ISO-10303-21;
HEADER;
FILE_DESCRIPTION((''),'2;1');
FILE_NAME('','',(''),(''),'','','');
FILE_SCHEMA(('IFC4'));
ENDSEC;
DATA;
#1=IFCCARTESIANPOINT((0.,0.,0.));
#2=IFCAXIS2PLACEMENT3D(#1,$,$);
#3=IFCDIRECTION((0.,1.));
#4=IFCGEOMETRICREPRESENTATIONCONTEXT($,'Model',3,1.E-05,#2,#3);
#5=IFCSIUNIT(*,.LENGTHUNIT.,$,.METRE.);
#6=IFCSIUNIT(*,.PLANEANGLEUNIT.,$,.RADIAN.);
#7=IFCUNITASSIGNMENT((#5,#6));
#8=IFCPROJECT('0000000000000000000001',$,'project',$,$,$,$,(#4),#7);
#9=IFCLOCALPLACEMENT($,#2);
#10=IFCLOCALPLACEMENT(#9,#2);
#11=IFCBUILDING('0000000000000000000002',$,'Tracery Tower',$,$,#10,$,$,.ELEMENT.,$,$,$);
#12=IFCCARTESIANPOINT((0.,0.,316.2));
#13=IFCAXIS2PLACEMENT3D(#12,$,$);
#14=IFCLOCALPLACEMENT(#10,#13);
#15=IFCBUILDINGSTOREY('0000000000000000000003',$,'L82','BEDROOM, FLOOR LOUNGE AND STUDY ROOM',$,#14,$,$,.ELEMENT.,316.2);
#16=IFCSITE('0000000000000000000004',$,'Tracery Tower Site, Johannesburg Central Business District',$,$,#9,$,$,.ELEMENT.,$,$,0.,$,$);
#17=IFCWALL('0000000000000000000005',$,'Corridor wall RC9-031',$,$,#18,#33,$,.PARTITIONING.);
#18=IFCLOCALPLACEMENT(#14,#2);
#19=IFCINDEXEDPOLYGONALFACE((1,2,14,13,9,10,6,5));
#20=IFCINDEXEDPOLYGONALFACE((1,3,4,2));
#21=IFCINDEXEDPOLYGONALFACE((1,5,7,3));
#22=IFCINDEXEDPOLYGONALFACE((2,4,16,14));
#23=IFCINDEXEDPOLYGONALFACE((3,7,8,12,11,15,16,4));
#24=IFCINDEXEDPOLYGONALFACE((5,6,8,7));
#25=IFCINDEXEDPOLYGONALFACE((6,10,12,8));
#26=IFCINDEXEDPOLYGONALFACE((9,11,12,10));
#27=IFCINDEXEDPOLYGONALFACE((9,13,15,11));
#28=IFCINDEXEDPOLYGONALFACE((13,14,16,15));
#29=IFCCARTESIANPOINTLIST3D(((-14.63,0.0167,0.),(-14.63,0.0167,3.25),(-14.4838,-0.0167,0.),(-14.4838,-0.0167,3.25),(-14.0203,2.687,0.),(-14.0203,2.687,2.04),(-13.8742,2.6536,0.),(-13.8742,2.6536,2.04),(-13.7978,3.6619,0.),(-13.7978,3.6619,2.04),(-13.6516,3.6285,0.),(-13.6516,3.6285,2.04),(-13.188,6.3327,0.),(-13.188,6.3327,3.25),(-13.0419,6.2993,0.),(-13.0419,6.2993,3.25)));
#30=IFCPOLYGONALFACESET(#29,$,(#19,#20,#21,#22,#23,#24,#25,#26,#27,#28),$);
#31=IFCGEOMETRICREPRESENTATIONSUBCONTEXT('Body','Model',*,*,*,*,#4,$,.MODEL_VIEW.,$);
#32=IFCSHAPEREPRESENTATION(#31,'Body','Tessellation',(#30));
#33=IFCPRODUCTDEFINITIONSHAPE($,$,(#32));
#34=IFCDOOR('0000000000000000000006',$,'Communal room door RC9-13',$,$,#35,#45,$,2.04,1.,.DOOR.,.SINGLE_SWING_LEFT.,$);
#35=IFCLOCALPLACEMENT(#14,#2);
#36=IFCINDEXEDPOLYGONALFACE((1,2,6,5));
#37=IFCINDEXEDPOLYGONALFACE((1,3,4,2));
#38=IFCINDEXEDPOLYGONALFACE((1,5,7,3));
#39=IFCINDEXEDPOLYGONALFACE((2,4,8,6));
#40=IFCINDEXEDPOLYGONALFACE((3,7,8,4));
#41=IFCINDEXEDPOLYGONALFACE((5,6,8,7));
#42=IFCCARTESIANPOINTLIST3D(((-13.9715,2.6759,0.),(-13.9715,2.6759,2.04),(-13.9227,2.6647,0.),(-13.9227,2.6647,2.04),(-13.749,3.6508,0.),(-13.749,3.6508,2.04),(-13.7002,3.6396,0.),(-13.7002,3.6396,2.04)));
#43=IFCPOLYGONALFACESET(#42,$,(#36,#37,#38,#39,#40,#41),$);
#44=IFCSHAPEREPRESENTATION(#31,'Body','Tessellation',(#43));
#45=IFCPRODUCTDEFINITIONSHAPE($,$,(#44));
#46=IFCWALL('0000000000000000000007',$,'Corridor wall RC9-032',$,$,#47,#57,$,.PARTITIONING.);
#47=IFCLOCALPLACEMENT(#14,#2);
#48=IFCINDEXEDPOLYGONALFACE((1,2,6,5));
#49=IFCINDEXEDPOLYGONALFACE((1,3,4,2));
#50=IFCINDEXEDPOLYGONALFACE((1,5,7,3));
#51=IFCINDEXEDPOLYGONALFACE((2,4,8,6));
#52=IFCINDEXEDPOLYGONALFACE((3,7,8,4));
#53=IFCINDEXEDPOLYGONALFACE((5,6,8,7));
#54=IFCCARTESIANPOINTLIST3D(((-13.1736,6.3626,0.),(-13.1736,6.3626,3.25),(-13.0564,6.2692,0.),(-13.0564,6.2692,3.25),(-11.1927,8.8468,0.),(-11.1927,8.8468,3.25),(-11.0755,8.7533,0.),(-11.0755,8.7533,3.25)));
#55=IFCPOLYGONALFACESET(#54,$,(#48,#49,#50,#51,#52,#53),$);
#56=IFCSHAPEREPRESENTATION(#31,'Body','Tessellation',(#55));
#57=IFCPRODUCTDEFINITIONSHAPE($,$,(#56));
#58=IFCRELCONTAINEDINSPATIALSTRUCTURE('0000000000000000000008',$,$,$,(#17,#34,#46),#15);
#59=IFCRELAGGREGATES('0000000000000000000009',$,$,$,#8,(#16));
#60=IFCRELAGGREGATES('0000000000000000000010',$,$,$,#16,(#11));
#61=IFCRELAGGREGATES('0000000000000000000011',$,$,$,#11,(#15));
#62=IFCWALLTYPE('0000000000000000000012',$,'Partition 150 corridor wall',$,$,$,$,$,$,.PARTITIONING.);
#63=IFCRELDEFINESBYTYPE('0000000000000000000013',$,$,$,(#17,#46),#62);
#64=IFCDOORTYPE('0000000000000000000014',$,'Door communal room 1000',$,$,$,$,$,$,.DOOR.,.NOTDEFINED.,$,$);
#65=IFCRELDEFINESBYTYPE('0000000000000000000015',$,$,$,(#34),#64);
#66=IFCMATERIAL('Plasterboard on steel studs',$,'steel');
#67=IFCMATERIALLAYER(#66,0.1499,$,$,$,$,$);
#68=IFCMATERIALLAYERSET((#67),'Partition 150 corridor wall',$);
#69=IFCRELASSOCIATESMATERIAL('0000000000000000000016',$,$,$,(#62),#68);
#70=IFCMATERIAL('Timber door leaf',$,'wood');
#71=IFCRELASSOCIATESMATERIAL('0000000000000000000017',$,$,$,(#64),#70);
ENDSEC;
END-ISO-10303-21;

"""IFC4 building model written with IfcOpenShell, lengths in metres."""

from ifc_helpers import new_model, si_unit, direction, frame, frame_2d, origin, place, context, subcontext, project, spatial, rectangle, extrude, material, layer, layer_set, type_object, element, fill, save


model = new_model("IFC4")

# Units and contexts
model_context = context("Model", 3, precision=1e-05, world=origin(), true_north=direction((0.0, 1.0)))
body_context = subcontext(model_context, "Body", "Model", "MODEL_VIEW")
ifc_project = project(units=[si_unit("LENGTHUNIT", "METRE"), si_unit("PLANEANGLEUNIT", "RADIAN")], contexts=[model_context])

# Site, building, storey
site_placement = place(None, origin())
site = spatial("IfcSite", under=ifc_project, at=site_placement, Name="Tracery Tower Site, Johannesburg Central Business District", CompositionType="ELEMENT", RefElevation=0.0)
building_placement = place(site_placement, origin())
building = spatial("IfcBuilding", under=site, at=building_placement, Name="Tracery Tower", CompositionType="ELEMENT")
storey_placement = place(building_placement, frame((0.0, 0.0, 316.2)))
storey = spatial("IfcBuildingStorey", under=building, at=storey_placement, Name="L82", Description="BEDROOM, FLOOR LOUNGE AND STUDY ROOM", CompositionType="ELEMENT", Elevation=316.2)

# Shared definitions
ifc_material_1 = material(Name="Plasterboard on steel studs", Category="steel")
ifc_layer_1 = layer(ifc_material_1, 0.1499)
ifc_layer_set_1 = layer_set([ifc_layer_1], Name="Partition 150 corridor wall")
wall_type_1 = type_object("IfcWallType", Name="Partition 150 corridor wall", PredefinedType="PARTITIONING", material=ifc_layer_set_1)

# Wall, opening, door
wall_1_placement = place(storey_placement, frame((-14.5569, 0.0, 0.0), z_axis=(0.0, 0.0, 1.0), x_axis=(0.222569, 0.974917, 0.0)))
wall_1 = element("IfcWall", 1, at=wall_1_placement, inside=storey, type_object=wall_type_1, Name="Corridor wall RC9-031", PredefinedType="PARTITIONING", context=body_context, shape_type="SweptSolid", body=[
    extrude(rectangle(XDim=6.4785, YDim=0.1499, at=frame_2d((3.2393, 0.0))), origin(), (0.0, 0.0, 1.0), 3.25),
])
opening_1_placement = place(wall_1_placement, frame((2.739, 0.0, 0.0)))
opening_1 = element("IfcOpeningElement", 2, at=opening_1_placement, cuts=wall_1, PredefinedType="OPENING", context=body_context, shape_type="SweptSolid", body=[
    extrude(rectangle(XDim=1.0, YDim=2.04, at=frame_2d((0.5, 1.02))), frame((0.0, 0.075, 0.0), z_axis=(0.0, -1.0, 0.0), x_axis=(1.0, 0.0, 0.0)), (0.0, 0.0, 1.0), 0.1499),
])
ifc_material_2 = material(Name="Timber door leaf", Category="wood")
door_type_1 = type_object("IfcDoorType", Name="Door communal room 1000", OperationType="NOTDEFINED", PredefinedType="DOOR", material=ifc_material_2)
door_1_placement = place(opening_1_placement, origin())
door_1 = element("IfcDoor", 3, at=door_1_placement, inside=storey, type_object=door_type_1, Name="Communal room door RC9-13", OperationType="SINGLE_SWING_LEFT", OverallHeight=2.04, OverallWidth=1.0, PredefinedType="DOOR", context=body_context, shape_type="SweptSolid", body=[
    extrude(rectangle(XDim=1.0, YDim=2.04, at=frame_2d((0.5, 1.02))), frame((0.0, 0.0249, 0.0), z_axis=(0.0, -1.0, 0.0), x_axis=(1.0, 0.0, 0.0)), (0.0, 0.0, 1.0), 0.05),
])
fill(opening_1, door_1)

# Wall
wall_2_placement = place(storey_placement, frame((-13.115, 6.3159, 0.0), z_axis=(0.0, 0.0, 1.0), x_axis=(0.623476, 0.781842, 0.0)))
element("IfcWall", 4, at=wall_2_placement, inside=storey, type_object=wall_type_1, Name="Corridor wall RC9-032", PredefinedType="PARTITIONING", context=body_context, shape_type="SweptSolid", body=[
    extrude(rectangle(XDim=3.1772, YDim=0.1499, at=frame_2d((1.5886, 0.0))), origin(), (0.0, 0.0, 1.0), 3.25),
])

save(model, "model.ifc")
